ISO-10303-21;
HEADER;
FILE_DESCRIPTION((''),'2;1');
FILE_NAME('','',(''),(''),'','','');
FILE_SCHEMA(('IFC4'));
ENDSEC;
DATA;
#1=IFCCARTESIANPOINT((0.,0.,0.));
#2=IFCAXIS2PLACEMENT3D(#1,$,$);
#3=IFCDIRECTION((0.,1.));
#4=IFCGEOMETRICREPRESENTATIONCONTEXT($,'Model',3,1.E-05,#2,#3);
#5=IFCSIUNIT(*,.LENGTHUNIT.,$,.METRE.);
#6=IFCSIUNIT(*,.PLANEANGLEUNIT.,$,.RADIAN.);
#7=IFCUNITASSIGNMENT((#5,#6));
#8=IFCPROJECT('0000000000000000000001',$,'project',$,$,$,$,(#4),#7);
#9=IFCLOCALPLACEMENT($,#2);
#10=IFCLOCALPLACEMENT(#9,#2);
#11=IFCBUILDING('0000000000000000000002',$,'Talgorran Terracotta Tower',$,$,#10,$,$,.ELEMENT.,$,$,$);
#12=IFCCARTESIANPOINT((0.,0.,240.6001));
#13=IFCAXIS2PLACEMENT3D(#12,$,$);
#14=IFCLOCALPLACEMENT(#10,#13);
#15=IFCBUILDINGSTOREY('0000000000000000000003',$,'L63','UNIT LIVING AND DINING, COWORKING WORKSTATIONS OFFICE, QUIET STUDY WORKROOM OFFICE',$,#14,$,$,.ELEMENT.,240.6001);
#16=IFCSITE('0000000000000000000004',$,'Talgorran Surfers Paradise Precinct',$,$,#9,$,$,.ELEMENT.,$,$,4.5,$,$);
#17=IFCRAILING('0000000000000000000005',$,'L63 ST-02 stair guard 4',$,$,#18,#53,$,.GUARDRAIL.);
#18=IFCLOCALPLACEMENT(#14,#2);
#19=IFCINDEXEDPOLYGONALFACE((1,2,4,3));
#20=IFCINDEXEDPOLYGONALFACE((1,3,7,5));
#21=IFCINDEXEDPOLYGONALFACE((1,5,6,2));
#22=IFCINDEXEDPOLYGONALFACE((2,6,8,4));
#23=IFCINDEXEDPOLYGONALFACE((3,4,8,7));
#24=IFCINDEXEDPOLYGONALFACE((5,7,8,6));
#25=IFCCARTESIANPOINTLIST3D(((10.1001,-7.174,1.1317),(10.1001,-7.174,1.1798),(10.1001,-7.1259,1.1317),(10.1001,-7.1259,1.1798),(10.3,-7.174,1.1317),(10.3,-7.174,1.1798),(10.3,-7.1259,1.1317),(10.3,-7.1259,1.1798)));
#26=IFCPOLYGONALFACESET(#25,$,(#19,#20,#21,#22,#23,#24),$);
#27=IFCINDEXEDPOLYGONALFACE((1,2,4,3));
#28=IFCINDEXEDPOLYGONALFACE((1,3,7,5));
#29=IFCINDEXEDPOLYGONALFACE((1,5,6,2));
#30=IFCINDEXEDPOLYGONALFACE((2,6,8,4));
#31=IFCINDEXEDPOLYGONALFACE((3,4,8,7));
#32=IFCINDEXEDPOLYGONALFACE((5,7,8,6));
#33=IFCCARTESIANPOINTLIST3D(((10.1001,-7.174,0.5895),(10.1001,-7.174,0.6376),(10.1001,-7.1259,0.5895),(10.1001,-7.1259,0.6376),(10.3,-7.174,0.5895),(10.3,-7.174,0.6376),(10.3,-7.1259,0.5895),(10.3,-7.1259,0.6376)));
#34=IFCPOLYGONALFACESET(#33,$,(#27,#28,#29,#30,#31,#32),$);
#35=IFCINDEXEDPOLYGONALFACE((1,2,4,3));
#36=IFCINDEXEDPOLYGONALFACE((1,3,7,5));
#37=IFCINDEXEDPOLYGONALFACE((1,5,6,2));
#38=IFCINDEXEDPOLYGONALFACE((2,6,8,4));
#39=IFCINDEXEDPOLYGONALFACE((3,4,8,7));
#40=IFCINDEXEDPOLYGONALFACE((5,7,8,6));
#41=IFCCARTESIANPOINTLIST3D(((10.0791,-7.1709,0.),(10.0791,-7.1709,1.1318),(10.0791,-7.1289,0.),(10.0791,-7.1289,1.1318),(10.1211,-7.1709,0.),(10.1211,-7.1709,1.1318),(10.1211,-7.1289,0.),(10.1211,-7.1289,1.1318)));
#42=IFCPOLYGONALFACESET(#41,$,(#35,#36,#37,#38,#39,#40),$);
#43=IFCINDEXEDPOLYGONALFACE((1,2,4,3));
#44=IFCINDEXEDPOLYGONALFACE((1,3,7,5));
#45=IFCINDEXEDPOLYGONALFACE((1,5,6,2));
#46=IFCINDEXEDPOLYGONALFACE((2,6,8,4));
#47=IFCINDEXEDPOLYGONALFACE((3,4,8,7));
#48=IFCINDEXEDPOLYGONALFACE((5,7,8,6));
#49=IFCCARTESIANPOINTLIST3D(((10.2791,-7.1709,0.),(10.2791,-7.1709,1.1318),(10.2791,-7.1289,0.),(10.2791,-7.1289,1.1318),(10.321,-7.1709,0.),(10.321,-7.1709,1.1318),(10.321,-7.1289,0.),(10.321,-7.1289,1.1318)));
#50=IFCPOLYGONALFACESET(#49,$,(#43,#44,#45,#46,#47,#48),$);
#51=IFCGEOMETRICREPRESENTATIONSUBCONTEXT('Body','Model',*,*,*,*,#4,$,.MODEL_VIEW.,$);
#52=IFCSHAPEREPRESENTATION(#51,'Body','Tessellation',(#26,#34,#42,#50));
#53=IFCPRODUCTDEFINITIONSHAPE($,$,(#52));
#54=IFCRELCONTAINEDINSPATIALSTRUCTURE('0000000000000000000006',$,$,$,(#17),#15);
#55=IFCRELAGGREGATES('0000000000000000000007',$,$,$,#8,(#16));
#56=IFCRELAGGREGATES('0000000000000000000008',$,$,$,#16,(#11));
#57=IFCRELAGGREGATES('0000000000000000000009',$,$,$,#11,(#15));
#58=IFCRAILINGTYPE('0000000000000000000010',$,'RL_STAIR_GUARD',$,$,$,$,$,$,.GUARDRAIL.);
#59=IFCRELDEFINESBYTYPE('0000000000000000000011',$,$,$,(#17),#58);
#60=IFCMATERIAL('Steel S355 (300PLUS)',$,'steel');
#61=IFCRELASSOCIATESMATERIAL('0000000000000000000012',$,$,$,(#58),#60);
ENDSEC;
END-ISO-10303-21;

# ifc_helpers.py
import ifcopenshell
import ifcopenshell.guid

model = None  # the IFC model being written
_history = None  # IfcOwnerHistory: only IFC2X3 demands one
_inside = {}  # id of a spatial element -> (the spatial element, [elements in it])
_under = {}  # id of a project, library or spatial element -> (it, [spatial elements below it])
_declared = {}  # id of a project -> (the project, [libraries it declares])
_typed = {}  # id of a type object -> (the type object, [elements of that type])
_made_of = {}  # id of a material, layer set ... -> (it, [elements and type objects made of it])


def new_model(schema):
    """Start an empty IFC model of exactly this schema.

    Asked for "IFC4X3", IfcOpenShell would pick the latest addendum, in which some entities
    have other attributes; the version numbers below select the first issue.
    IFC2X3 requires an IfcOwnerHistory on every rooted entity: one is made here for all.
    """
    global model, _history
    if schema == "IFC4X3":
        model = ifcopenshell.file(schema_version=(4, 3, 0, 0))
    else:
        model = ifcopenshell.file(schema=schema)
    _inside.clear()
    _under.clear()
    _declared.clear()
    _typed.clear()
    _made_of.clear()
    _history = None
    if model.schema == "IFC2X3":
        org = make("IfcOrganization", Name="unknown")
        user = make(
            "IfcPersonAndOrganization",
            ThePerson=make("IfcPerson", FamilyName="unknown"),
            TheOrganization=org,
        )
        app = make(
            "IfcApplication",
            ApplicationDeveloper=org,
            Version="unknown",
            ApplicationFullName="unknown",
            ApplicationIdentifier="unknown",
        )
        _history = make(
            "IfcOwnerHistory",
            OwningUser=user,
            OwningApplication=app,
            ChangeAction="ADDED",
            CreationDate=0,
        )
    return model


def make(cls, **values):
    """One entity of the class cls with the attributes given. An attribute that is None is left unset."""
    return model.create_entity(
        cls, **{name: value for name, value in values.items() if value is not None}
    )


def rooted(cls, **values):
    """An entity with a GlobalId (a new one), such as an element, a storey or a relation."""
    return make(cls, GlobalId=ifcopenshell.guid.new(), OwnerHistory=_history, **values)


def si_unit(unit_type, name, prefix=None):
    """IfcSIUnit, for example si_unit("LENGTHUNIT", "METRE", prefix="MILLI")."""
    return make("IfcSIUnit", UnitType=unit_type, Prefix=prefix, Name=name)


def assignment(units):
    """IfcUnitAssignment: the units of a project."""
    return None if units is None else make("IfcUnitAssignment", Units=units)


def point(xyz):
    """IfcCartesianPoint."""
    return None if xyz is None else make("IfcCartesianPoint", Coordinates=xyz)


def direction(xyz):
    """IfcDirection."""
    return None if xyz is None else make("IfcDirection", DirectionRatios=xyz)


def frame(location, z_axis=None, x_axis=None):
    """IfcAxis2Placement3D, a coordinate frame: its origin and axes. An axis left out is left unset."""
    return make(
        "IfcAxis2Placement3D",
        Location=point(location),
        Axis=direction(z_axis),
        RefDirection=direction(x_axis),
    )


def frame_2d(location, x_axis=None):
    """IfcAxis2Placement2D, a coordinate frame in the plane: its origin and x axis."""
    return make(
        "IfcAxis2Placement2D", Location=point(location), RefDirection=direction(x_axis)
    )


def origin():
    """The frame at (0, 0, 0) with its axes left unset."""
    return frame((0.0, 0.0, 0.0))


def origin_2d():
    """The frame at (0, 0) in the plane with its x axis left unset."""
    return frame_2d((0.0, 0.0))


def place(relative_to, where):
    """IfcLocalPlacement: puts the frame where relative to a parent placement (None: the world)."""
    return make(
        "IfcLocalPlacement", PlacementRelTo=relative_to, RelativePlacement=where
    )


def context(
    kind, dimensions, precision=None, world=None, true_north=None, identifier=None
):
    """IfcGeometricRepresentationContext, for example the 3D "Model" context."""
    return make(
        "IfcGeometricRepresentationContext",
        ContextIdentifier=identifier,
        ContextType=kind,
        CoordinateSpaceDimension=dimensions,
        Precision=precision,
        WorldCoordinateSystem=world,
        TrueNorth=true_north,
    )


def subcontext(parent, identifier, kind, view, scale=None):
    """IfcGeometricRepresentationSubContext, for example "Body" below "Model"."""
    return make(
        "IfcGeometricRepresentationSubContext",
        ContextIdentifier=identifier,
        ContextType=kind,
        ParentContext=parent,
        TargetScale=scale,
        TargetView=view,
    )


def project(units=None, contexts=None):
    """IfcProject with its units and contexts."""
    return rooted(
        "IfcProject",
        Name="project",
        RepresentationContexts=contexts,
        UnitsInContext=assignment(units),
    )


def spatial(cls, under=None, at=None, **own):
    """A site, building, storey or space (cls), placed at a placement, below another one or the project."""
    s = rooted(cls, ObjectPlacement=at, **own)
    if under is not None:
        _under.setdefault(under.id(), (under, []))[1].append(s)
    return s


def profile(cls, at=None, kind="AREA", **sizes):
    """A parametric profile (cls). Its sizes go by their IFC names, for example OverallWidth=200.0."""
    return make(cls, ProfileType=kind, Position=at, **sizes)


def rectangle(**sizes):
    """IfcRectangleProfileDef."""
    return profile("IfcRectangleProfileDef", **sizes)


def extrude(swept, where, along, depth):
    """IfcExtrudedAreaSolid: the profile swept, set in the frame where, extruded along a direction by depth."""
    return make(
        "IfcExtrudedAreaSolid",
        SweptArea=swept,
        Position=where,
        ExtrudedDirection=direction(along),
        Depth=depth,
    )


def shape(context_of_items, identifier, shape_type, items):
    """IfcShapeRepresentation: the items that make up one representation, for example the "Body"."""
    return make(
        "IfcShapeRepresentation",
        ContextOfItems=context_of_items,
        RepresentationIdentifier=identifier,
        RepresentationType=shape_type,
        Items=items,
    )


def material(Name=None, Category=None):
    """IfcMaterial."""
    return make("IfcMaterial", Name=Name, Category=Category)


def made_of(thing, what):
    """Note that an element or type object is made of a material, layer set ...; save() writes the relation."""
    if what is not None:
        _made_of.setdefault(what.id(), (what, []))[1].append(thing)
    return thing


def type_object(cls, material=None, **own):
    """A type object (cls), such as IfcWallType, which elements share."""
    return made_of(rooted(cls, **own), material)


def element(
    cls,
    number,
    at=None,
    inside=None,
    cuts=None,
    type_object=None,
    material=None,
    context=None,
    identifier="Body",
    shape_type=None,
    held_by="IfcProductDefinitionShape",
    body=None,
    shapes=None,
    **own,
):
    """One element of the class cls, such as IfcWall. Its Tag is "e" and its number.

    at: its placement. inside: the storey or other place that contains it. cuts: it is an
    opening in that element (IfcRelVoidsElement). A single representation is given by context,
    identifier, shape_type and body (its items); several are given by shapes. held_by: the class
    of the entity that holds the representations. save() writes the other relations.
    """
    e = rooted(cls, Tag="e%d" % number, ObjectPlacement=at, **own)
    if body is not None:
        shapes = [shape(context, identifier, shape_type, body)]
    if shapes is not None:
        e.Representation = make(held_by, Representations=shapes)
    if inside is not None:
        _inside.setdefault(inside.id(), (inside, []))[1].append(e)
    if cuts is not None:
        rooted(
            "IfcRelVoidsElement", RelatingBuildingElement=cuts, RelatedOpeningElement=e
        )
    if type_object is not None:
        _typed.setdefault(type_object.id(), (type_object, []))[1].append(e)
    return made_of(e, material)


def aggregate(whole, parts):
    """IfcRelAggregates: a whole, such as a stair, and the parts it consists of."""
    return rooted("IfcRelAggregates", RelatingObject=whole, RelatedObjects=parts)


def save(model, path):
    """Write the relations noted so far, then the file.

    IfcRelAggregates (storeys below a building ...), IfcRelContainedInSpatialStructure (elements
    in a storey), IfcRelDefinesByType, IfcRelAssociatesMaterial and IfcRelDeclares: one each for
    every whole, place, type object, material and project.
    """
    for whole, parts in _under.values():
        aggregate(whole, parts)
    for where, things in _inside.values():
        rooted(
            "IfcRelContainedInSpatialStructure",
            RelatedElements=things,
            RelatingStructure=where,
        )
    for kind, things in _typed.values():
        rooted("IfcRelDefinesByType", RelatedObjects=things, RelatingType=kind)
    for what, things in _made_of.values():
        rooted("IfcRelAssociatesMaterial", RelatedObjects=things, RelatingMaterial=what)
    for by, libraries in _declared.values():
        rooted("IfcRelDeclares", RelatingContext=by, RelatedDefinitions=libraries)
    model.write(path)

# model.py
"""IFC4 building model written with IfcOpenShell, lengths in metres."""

from ifc_helpers import new_model, si_unit, direction, frame, origin, origin_2d, place, context, subcontext, project, spatial, rectangle, extrude, material, type_object, element, save


model = new_model("IFC4")

# Units and contexts
model_context = context("Model", 3, precision=1e-05, world=origin(), true_north=direction((0.0, 1.0)))
body_context = subcontext(model_context, "Body", "Model", "MODEL_VIEW")
ifc_project = project(units=[si_unit("LENGTHUNIT", "METRE"), si_unit("PLANEANGLEUNIT", "RADIAN")], contexts=[model_context])

# Site, building, storey
site_placement = place(None, origin())
site = spatial("IfcSite", under=ifc_project, at=site_placement, Name="Talgorran Surfers Paradise Precinct", CompositionType="ELEMENT", RefElevation=4.5)
building_placement = place(site_placement, origin())
building = spatial("IfcBuilding", under=site, at=building_placement, Name="Talgorran Terracotta Tower", CompositionType="ELEMENT")
storey_placement = place(building_placement, frame((0.0, 0.0, 240.6001)))
storey = spatial("IfcBuildingStorey", under=building, at=storey_placement, Name="L63", Description="UNIT LIVING AND DINING, COWORKING WORKSTATIONS OFFICE, QUIET STUDY WORKROOM OFFICE", CompositionType="ELEMENT", Elevation=240.6001)

# Shared definitions
ifc_material_1 = material(Name="Steel S355 (300PLUS)", Category="steel")

# Railing
railing_type_1 = type_object("IfcRailingType", Name="RL_STAIR_GUARD", PredefinedType="GUARDRAIL", material=ifc_material_1)
railing_1_placement = place(storey_placement, frame((10.1001, -7.1499, 0.0)))
element("IfcRailing", 1, at=railing_1_placement, inside=storey, type_object=railing_type_1, Name="L63 ST-02 stair guard 4", PredefinedType="GUARDRAIL", context=body_context, shape_type="SweptSolid", body=[
    extrude(rectangle(XDim=0.0481, YDim=0.0481, at=origin_2d()), frame((0.0, 0.0, 1.1558), z_axis=(1.0, 0.0, 0.0), x_axis=(0.0, 1.0, 0.0)), (0.0, 0.0, 1.0), 0.2),
    extrude(rectangle(XDim=0.0481, YDim=0.0481, at=origin_2d()), frame((0.0, 0.0, 0.6135), z_axis=(1.0, 0.0, 0.0), x_axis=(0.0, 1.0, 0.0)), (0.0, 0.0, 1.0), 0.2),
    extrude(rectangle(XDim=0.042, YDim=0.042, at=origin_2d()), origin(), (0.0, 0.0, 1.0), 1.1318),
    extrude(rectangle(XDim=0.042, YDim=0.042, at=origin_2d()), frame((0.2, 0.0, 0.0)), (0.0, 0.0, 1.0), 1.1318),
])

save(model, "model.ifc")
